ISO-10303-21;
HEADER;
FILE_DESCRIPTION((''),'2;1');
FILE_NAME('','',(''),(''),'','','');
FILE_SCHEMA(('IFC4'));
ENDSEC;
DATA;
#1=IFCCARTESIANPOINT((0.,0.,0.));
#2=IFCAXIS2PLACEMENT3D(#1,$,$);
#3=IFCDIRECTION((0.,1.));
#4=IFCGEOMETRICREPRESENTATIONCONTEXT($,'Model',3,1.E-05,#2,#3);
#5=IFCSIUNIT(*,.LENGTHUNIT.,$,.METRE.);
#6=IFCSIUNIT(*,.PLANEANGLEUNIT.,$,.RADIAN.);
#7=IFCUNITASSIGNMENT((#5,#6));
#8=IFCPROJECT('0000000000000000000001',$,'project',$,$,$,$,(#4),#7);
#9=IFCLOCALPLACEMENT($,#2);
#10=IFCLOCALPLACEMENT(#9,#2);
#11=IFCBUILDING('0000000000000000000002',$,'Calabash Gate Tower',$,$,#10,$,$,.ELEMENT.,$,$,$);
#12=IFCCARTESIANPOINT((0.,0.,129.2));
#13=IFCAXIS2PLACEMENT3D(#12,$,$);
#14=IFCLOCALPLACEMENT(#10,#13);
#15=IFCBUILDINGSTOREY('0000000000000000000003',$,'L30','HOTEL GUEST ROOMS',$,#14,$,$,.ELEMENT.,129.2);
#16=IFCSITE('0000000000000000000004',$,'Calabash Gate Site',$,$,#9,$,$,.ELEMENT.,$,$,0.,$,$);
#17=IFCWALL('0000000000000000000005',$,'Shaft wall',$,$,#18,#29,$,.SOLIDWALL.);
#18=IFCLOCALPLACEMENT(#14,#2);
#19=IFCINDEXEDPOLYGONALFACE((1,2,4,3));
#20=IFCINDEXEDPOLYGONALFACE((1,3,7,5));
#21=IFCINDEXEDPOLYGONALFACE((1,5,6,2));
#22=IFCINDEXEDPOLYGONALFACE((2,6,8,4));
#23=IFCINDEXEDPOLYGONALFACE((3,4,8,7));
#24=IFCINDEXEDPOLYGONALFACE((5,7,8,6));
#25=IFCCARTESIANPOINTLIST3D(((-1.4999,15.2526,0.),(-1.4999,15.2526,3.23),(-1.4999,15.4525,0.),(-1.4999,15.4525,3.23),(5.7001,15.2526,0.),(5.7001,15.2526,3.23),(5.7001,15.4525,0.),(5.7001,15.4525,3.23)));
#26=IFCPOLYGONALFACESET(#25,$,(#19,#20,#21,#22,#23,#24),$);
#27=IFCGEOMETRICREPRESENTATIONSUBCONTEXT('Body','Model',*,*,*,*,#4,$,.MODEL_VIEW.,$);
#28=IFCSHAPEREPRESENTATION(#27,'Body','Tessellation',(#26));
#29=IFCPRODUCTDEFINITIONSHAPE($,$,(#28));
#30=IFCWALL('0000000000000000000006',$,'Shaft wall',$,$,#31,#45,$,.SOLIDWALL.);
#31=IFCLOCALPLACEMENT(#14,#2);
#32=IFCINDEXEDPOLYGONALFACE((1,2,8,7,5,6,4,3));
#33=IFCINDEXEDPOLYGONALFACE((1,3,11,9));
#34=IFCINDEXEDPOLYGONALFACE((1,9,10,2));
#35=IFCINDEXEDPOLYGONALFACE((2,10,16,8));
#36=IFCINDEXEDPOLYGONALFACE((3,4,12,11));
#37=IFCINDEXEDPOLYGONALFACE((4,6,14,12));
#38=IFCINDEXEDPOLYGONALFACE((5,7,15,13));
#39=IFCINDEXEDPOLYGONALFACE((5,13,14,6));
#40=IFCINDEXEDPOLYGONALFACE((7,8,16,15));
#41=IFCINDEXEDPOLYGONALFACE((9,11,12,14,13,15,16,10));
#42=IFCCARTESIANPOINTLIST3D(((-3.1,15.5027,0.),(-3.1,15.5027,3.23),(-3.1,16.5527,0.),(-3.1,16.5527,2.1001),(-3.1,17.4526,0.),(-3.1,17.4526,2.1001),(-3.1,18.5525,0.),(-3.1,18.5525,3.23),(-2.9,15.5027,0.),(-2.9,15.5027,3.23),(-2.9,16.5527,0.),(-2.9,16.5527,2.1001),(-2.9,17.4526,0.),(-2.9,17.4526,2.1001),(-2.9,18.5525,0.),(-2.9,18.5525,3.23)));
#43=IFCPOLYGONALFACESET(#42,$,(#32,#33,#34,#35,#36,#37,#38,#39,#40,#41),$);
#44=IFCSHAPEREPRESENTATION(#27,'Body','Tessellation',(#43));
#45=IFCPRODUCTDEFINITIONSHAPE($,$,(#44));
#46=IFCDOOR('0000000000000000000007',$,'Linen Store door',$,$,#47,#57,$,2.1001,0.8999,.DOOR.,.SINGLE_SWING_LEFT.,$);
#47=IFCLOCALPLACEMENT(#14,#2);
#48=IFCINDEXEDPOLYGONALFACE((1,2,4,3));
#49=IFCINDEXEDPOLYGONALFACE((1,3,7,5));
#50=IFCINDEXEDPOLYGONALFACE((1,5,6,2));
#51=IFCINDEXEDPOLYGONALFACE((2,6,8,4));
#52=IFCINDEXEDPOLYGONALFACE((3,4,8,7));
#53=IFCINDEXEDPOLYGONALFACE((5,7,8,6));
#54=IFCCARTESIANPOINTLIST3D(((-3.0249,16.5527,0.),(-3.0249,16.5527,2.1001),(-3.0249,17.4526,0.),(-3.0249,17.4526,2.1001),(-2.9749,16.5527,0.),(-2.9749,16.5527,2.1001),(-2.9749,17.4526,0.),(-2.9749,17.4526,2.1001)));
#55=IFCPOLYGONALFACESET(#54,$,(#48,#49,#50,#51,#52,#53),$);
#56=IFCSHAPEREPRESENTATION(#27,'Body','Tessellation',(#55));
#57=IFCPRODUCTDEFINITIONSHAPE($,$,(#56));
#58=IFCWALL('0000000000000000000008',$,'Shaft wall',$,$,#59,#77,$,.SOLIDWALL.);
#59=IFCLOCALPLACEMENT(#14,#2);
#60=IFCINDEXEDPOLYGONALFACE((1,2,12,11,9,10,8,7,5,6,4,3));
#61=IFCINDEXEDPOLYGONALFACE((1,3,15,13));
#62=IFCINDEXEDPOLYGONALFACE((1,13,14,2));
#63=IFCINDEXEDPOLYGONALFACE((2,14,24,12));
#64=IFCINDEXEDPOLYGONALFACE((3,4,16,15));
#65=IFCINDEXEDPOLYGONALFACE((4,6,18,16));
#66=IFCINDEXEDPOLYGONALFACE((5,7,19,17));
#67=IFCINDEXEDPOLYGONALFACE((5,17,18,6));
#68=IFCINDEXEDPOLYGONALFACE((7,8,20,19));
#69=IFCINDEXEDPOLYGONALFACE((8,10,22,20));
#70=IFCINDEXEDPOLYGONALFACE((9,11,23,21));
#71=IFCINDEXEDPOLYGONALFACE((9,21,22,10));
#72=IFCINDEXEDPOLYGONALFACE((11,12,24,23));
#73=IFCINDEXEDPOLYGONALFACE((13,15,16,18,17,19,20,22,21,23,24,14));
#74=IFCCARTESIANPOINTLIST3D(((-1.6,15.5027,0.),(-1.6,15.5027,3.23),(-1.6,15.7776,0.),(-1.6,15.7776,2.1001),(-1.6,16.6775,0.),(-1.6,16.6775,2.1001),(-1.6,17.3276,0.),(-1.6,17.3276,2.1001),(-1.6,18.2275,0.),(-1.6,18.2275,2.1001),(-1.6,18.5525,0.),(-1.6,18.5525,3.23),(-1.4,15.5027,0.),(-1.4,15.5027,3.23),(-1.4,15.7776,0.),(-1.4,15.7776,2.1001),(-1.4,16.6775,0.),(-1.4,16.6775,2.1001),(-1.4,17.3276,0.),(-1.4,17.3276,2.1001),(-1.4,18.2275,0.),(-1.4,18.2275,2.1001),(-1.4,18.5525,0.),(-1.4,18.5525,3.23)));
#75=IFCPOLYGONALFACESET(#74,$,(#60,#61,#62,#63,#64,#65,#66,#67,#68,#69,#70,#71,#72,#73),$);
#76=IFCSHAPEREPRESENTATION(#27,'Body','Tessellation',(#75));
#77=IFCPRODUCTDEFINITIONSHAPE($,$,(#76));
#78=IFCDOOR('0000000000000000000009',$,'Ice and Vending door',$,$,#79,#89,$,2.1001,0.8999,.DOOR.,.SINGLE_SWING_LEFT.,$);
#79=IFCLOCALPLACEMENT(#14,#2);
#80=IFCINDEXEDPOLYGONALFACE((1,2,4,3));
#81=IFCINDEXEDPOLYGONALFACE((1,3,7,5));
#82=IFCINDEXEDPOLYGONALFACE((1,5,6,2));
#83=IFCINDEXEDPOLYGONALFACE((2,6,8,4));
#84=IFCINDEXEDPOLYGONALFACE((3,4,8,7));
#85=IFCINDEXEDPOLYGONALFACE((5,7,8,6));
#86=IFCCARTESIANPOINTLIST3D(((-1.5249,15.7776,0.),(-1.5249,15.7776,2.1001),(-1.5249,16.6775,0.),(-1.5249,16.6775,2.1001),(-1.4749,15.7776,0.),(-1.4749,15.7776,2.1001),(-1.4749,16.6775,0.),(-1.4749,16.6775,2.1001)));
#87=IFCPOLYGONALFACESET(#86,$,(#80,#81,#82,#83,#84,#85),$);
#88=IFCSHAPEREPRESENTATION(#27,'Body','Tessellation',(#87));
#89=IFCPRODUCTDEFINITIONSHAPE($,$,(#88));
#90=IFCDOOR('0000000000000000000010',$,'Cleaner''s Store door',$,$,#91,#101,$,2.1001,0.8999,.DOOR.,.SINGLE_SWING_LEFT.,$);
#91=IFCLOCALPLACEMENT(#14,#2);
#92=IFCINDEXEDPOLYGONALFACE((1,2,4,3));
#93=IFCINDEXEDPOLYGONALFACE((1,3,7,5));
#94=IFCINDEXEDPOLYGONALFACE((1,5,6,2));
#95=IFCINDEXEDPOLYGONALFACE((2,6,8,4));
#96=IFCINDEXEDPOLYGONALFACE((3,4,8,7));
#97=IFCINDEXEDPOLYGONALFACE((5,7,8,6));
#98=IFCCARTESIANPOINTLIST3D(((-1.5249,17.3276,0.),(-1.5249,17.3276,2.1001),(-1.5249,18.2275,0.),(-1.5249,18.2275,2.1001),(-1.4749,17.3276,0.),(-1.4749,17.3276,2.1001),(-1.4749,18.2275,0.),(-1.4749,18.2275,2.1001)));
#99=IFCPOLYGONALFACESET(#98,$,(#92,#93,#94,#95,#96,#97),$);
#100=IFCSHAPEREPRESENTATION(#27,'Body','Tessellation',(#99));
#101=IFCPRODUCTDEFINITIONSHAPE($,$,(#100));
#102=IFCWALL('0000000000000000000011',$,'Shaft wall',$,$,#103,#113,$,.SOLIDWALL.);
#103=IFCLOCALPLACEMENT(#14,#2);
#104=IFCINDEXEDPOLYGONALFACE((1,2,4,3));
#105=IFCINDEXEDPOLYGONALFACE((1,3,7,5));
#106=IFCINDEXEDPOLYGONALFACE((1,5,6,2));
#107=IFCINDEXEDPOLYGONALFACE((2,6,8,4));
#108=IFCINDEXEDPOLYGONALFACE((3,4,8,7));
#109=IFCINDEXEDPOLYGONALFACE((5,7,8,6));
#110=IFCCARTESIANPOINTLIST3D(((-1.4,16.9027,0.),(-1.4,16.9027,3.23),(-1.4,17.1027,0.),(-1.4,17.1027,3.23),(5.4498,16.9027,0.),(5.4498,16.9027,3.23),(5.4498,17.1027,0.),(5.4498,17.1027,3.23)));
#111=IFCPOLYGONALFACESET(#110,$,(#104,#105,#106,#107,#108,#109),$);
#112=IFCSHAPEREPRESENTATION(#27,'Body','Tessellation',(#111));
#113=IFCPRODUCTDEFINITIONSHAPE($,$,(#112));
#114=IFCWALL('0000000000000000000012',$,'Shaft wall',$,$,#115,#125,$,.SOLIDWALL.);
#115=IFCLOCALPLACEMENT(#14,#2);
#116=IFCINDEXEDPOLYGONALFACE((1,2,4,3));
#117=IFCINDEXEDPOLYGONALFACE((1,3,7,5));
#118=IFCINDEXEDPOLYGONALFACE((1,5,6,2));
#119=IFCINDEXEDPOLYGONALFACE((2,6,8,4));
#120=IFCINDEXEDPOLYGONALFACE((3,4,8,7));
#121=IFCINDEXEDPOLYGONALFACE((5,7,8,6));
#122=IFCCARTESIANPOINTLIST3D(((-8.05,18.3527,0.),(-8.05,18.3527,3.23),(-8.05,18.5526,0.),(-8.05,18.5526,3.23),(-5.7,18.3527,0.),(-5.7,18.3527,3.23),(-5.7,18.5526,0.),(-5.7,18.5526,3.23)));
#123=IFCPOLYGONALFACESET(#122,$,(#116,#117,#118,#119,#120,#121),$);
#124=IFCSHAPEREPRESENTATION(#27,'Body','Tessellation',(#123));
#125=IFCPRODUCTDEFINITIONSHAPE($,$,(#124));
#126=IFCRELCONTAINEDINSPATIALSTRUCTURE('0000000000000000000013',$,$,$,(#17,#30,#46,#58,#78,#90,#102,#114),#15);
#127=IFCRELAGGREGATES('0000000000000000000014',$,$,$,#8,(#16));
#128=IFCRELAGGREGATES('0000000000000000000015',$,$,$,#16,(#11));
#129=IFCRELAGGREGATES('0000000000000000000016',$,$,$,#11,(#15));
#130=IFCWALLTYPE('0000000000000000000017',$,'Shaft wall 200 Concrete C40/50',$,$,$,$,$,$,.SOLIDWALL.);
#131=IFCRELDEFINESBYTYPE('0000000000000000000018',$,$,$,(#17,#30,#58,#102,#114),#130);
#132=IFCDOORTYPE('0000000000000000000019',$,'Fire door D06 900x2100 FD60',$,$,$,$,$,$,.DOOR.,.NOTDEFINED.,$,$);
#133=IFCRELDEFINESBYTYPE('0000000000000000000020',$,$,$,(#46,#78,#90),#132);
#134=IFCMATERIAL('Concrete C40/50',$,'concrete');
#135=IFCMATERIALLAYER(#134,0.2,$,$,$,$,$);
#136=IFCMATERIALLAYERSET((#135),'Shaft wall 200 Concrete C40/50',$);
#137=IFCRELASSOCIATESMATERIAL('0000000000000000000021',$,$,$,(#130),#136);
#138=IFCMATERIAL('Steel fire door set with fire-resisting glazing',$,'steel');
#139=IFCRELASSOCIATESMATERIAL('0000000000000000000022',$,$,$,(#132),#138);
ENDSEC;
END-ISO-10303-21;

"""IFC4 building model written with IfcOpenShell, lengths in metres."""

from ifc_helpers import new_model, si_unit, direction, frame, frame_2d, origin, place, context, subcontext, project, spatial, rectangle, extrude, material, layer, layer_set, type_object, element, fill, save


model = new_model("IFC4")

# Units and contexts
model_context = context("Model", 3, precision=1e-05, world=origin(), true_north=direction((0.0, 1.0)))
body_context = subcontext(model_context, "Body", "Model", "MODEL_VIEW")
ifc_project = project(units=[si_unit("LENGTHUNIT", "METRE"), si_unit("PLANEANGLEUNIT", "RADIAN")], contexts=[model_context])

# Site, building, storey
site_placement = place(None, origin())
site = spatial("IfcSite", under=ifc_project, at=site_placement, Name="Calabash Gate Site", CompositionType="ELEMENT", RefElevation=0.0)
building_placement = place(site_placement, origin())
building = spatial("IfcBuilding", under=site, at=building_placement, Name="Calabash Gate Tower", CompositionType="ELEMENT")
storey_placement = place(building_placement, frame((0.0, 0.0, 129.2)))
storey = spatial("IfcBuildingStorey", under=building, at=storey_placement, Name="L30", Description="HOTEL GUEST ROOMS", CompositionType="ELEMENT", Elevation=129.2)

# Shared definitions
ifc_material_1 = material(Name="Concrete C40/50", Category="concrete")
ifc_layer_1 = layer(ifc_material_1, 0.2)
ifc_layer_set_1 = layer_set([ifc_layer_1], Name="Shaft wall 200 Concrete C40/50")
wall_type_1 = type_object("IfcWallType", Name="Shaft wall 200 Concrete C40/50", PredefinedType="SOLIDWALL", material=ifc_layer_set_1)
ifc_material_2 = material(Name="Steel fire door set with fire-resisting glazing", Category="steel")
door_type_1 = type_object("IfcDoorType", Name="Fire door D06 900x2100 FD60", OperationType="NOTDEFINED", PredefinedType="DOOR", material=ifc_material_2)

# Wall
wall_1_placement = place(storey_placement, frame((-1.5, 15.3525, 0.0), z_axis=(0.0, 0.0, 1.0), x_axis=(1.0, 0.0, 0.0)))
element("IfcWall", 1, at=wall_1_placement, inside=storey, type_object=wall_type_1, Name="Shaft wall", PredefinedType="SOLIDWALL", context=body_context, shape_type="SweptSolid", body=[
    extrude(rectangle(XDim=7.2, YDim=0.2, at=frame_2d((3.6001, 0.0))), origin(), (0.0, 0.0, 1.0), 3.23),
])

# Wall, opening, door
wall_2_placement = place(storey_placement, frame((-3.0, 15.5027, 0.0), z_axis=(0.0, 0.0, 1.0), x_axis=(0.0, 1.0, 0.0)))
wall_2 = element("IfcWall", 2, at=wall_2_placement, inside=storey, type_object=wall_type_1, Name="Shaft wall", PredefinedType="SOLIDWALL", context=body_context, shape_type="SweptSolid", body=[
    extrude(rectangle(XDim=3.0498, YDim=0.2, at=frame_2d((1.5249, 0.0))), origin(), (0.0, 0.0, 1.0), 3.23),
])
opening_1_placement = place(wall_2_placement, frame((1.05, 0.0, 0.0)))
opening_1 = element("IfcOpeningElement", 3, at=opening_1_placement, cuts=wall_2, PredefinedType="OPENING", context=body_context, shape_type="SweptSolid", body=[
    extrude(rectangle(XDim=0.8999, YDim=2.1001, at=frame_2d((0.45, 1.05))), frame((0.0, 0.1099, 0.0), z_axis=(0.0, -1.0, 0.0), x_axis=(1.0, 0.0, 0.0)), (0.0, 0.0, 1.0), 0.22),
])
door_1_placement = place(opening_1_placement, origin())
door_1 = element("IfcDoor", 4, at=door_1_placement, inside=storey, type_object=door_type_1, Name="Linen Store door", OperationType="SINGLE_SWING_LEFT", OverallHeight=2.1001, OverallWidth=0.8999, PredefinedType="DOOR", context=body_context, shape_type="SweptSolid", body=[
    extrude(rectangle(XDim=0.8999, YDim=2.1001, at=frame_2d((0.45, 1.05))), frame((0.0, 0.0249, 0.0), z_axis=(0.0, -1.0, 0.0), x_axis=(1.0, 0.0, 0.0)), (0.0, 0.0, 1.0), 0.05),
])
fill(opening_1, door_1)

# Wall, openings, doors
wall_3_placement = place(storey_placement, frame((-1.5, 15.5027, 0.0), z_axis=(0.0, 0.0, 1.0), x_axis=(0.0, 1.0, 0.0)))
wall_3 = element("IfcWall", 5, at=wall_3_placement, inside=storey, type_object=wall_type_1, Name="Shaft wall", PredefinedType="SOLIDWALL", context=body_context, shape_type="SweptSolid", body=[
    extrude(rectangle(XDim=3.0498, YDim=0.2, at=frame_2d((1.5249, 0.0))), origin(), (0.0, 0.0, 1.0), 3.23),
])
opening_2_placement = place(wall_3_placement, frame((0.2749, 0.0, 0.0)))
opening_2 = element("IfcOpeningElement", 6, at=opening_2_placement, cuts=wall_3, PredefinedType="OPENING", context=body_context, shape_type="SweptSolid", body=[
    extrude(rectangle(XDim=0.8999, YDim=2.1001, at=frame_2d((0.45, 1.05))), frame((0.0, 0.1099, 0.0), z_axis=(0.0, -1.0, 0.0), x_axis=(1.0, 0.0, 0.0)), (0.0, 0.0, 1.0), 0.22),
])
opening_3_placement = place(wall_3_placement, frame((1.825, 0.0, 0.0)))
opening_3 = element("IfcOpeningElement", 7, at=opening_3_placement, cuts=wall_3, PredefinedType="OPENING", context=body_context, shape_type="SweptSolid", body=[
    extrude(rectangle(XDim=0.8999, YDim=2.1001, at=frame_2d((0.45, 1.05))), frame((0.0, 0.1099, 0.0), z_axis=(0.0, -1.0, 0.0), x_axis=(1.0, 0.0, 0.0)), (0.0, 0.0, 1.0), 0.22),
])
door_2_placement = place(opening_2_placement, origin())
door_2 = element("IfcDoor", 8, at=door_2_placement, inside=storey, type_object=door_type_1, Name="Ice and Vending door", OperationType="SINGLE_SWING_LEFT", OverallHeight=2.1001, OverallWidth=0.8999, PredefinedType="DOOR", context=body_context, shape_type="SweptSolid", body=[
    extrude(rectangle(XDim=0.8999, YDim=2.1001, at=frame_2d((0.45, 1.05))), frame((0.0, 0.0249, 0.0), z_axis=(0.0, -1.0, 0.0), x_axis=(1.0, 0.0, 0.0)), (0.0, 0.0, 1.0), 0.05),
])
fill(opening_2, door_2)
door_3_placement = place(opening_3_placement, origin())
door_3 = element("IfcDoor", 9, at=door_3_placement, inside=storey, type_object=door_type_1, Name="Cleaner's Store door", OperationType="SINGLE_SWING_LEFT", OverallHeight=2.1001, OverallWidth=0.8999, PredefinedType="DOOR", context=body_context, shape_type="SweptSolid", body=[
    extrude(rectangle(XDim=0.8999, YDim=2.1001, at=frame_2d((0.45, 1.05))), frame((0.0, 0.0249, 0.0), z_axis=(0.0, -1.0, 0.0), x_axis=(1.0, 0.0, 0.0)), (0.0, 0.0, 1.0), 0.05),
])
fill(opening_3, door_3)

# Walls
wall_4_placement = place(storey_placement, frame((-1.3999, 17.0027, 0.0), z_axis=(0.0, 0.0, 1.0), x_axis=(1.0, 0.0, 0.0)))
element("IfcWall", 10, at=wall_4_placement, inside=storey, type_object=wall_type_1, Name="Shaft wall", PredefinedType="SOLIDWALL", context=body_context, shape_type="SweptSolid", body=[
    extrude(rectangle(XDim=6.8499, YDim=0.2, at=frame_2d((3.4248, 0.0))), origin(), (0.0, 0.0, 1.0), 3.23),
])
wall_5_placement = place(storey_placement, frame((-8.05, 18.4526, 0.0), z_axis=(0.0, 0.0, 1.0), x_axis=(1.0, 0.0, 0.0)))
element("IfcWall", 11, at=wall_5_placement, inside=storey, type_object=wall_type_1, Name="Shaft wall", PredefinedType="SOLIDWALL", context=body_context, shape_type="SweptSolid", body=[
    extrude(rectangle(XDim=2.3501, YDim=0.2, at=frame_2d((1.175, 0.0))), origin(), (0.0, 0.0, 1.0), 3.23),
])

save(model, "model.ifc")
